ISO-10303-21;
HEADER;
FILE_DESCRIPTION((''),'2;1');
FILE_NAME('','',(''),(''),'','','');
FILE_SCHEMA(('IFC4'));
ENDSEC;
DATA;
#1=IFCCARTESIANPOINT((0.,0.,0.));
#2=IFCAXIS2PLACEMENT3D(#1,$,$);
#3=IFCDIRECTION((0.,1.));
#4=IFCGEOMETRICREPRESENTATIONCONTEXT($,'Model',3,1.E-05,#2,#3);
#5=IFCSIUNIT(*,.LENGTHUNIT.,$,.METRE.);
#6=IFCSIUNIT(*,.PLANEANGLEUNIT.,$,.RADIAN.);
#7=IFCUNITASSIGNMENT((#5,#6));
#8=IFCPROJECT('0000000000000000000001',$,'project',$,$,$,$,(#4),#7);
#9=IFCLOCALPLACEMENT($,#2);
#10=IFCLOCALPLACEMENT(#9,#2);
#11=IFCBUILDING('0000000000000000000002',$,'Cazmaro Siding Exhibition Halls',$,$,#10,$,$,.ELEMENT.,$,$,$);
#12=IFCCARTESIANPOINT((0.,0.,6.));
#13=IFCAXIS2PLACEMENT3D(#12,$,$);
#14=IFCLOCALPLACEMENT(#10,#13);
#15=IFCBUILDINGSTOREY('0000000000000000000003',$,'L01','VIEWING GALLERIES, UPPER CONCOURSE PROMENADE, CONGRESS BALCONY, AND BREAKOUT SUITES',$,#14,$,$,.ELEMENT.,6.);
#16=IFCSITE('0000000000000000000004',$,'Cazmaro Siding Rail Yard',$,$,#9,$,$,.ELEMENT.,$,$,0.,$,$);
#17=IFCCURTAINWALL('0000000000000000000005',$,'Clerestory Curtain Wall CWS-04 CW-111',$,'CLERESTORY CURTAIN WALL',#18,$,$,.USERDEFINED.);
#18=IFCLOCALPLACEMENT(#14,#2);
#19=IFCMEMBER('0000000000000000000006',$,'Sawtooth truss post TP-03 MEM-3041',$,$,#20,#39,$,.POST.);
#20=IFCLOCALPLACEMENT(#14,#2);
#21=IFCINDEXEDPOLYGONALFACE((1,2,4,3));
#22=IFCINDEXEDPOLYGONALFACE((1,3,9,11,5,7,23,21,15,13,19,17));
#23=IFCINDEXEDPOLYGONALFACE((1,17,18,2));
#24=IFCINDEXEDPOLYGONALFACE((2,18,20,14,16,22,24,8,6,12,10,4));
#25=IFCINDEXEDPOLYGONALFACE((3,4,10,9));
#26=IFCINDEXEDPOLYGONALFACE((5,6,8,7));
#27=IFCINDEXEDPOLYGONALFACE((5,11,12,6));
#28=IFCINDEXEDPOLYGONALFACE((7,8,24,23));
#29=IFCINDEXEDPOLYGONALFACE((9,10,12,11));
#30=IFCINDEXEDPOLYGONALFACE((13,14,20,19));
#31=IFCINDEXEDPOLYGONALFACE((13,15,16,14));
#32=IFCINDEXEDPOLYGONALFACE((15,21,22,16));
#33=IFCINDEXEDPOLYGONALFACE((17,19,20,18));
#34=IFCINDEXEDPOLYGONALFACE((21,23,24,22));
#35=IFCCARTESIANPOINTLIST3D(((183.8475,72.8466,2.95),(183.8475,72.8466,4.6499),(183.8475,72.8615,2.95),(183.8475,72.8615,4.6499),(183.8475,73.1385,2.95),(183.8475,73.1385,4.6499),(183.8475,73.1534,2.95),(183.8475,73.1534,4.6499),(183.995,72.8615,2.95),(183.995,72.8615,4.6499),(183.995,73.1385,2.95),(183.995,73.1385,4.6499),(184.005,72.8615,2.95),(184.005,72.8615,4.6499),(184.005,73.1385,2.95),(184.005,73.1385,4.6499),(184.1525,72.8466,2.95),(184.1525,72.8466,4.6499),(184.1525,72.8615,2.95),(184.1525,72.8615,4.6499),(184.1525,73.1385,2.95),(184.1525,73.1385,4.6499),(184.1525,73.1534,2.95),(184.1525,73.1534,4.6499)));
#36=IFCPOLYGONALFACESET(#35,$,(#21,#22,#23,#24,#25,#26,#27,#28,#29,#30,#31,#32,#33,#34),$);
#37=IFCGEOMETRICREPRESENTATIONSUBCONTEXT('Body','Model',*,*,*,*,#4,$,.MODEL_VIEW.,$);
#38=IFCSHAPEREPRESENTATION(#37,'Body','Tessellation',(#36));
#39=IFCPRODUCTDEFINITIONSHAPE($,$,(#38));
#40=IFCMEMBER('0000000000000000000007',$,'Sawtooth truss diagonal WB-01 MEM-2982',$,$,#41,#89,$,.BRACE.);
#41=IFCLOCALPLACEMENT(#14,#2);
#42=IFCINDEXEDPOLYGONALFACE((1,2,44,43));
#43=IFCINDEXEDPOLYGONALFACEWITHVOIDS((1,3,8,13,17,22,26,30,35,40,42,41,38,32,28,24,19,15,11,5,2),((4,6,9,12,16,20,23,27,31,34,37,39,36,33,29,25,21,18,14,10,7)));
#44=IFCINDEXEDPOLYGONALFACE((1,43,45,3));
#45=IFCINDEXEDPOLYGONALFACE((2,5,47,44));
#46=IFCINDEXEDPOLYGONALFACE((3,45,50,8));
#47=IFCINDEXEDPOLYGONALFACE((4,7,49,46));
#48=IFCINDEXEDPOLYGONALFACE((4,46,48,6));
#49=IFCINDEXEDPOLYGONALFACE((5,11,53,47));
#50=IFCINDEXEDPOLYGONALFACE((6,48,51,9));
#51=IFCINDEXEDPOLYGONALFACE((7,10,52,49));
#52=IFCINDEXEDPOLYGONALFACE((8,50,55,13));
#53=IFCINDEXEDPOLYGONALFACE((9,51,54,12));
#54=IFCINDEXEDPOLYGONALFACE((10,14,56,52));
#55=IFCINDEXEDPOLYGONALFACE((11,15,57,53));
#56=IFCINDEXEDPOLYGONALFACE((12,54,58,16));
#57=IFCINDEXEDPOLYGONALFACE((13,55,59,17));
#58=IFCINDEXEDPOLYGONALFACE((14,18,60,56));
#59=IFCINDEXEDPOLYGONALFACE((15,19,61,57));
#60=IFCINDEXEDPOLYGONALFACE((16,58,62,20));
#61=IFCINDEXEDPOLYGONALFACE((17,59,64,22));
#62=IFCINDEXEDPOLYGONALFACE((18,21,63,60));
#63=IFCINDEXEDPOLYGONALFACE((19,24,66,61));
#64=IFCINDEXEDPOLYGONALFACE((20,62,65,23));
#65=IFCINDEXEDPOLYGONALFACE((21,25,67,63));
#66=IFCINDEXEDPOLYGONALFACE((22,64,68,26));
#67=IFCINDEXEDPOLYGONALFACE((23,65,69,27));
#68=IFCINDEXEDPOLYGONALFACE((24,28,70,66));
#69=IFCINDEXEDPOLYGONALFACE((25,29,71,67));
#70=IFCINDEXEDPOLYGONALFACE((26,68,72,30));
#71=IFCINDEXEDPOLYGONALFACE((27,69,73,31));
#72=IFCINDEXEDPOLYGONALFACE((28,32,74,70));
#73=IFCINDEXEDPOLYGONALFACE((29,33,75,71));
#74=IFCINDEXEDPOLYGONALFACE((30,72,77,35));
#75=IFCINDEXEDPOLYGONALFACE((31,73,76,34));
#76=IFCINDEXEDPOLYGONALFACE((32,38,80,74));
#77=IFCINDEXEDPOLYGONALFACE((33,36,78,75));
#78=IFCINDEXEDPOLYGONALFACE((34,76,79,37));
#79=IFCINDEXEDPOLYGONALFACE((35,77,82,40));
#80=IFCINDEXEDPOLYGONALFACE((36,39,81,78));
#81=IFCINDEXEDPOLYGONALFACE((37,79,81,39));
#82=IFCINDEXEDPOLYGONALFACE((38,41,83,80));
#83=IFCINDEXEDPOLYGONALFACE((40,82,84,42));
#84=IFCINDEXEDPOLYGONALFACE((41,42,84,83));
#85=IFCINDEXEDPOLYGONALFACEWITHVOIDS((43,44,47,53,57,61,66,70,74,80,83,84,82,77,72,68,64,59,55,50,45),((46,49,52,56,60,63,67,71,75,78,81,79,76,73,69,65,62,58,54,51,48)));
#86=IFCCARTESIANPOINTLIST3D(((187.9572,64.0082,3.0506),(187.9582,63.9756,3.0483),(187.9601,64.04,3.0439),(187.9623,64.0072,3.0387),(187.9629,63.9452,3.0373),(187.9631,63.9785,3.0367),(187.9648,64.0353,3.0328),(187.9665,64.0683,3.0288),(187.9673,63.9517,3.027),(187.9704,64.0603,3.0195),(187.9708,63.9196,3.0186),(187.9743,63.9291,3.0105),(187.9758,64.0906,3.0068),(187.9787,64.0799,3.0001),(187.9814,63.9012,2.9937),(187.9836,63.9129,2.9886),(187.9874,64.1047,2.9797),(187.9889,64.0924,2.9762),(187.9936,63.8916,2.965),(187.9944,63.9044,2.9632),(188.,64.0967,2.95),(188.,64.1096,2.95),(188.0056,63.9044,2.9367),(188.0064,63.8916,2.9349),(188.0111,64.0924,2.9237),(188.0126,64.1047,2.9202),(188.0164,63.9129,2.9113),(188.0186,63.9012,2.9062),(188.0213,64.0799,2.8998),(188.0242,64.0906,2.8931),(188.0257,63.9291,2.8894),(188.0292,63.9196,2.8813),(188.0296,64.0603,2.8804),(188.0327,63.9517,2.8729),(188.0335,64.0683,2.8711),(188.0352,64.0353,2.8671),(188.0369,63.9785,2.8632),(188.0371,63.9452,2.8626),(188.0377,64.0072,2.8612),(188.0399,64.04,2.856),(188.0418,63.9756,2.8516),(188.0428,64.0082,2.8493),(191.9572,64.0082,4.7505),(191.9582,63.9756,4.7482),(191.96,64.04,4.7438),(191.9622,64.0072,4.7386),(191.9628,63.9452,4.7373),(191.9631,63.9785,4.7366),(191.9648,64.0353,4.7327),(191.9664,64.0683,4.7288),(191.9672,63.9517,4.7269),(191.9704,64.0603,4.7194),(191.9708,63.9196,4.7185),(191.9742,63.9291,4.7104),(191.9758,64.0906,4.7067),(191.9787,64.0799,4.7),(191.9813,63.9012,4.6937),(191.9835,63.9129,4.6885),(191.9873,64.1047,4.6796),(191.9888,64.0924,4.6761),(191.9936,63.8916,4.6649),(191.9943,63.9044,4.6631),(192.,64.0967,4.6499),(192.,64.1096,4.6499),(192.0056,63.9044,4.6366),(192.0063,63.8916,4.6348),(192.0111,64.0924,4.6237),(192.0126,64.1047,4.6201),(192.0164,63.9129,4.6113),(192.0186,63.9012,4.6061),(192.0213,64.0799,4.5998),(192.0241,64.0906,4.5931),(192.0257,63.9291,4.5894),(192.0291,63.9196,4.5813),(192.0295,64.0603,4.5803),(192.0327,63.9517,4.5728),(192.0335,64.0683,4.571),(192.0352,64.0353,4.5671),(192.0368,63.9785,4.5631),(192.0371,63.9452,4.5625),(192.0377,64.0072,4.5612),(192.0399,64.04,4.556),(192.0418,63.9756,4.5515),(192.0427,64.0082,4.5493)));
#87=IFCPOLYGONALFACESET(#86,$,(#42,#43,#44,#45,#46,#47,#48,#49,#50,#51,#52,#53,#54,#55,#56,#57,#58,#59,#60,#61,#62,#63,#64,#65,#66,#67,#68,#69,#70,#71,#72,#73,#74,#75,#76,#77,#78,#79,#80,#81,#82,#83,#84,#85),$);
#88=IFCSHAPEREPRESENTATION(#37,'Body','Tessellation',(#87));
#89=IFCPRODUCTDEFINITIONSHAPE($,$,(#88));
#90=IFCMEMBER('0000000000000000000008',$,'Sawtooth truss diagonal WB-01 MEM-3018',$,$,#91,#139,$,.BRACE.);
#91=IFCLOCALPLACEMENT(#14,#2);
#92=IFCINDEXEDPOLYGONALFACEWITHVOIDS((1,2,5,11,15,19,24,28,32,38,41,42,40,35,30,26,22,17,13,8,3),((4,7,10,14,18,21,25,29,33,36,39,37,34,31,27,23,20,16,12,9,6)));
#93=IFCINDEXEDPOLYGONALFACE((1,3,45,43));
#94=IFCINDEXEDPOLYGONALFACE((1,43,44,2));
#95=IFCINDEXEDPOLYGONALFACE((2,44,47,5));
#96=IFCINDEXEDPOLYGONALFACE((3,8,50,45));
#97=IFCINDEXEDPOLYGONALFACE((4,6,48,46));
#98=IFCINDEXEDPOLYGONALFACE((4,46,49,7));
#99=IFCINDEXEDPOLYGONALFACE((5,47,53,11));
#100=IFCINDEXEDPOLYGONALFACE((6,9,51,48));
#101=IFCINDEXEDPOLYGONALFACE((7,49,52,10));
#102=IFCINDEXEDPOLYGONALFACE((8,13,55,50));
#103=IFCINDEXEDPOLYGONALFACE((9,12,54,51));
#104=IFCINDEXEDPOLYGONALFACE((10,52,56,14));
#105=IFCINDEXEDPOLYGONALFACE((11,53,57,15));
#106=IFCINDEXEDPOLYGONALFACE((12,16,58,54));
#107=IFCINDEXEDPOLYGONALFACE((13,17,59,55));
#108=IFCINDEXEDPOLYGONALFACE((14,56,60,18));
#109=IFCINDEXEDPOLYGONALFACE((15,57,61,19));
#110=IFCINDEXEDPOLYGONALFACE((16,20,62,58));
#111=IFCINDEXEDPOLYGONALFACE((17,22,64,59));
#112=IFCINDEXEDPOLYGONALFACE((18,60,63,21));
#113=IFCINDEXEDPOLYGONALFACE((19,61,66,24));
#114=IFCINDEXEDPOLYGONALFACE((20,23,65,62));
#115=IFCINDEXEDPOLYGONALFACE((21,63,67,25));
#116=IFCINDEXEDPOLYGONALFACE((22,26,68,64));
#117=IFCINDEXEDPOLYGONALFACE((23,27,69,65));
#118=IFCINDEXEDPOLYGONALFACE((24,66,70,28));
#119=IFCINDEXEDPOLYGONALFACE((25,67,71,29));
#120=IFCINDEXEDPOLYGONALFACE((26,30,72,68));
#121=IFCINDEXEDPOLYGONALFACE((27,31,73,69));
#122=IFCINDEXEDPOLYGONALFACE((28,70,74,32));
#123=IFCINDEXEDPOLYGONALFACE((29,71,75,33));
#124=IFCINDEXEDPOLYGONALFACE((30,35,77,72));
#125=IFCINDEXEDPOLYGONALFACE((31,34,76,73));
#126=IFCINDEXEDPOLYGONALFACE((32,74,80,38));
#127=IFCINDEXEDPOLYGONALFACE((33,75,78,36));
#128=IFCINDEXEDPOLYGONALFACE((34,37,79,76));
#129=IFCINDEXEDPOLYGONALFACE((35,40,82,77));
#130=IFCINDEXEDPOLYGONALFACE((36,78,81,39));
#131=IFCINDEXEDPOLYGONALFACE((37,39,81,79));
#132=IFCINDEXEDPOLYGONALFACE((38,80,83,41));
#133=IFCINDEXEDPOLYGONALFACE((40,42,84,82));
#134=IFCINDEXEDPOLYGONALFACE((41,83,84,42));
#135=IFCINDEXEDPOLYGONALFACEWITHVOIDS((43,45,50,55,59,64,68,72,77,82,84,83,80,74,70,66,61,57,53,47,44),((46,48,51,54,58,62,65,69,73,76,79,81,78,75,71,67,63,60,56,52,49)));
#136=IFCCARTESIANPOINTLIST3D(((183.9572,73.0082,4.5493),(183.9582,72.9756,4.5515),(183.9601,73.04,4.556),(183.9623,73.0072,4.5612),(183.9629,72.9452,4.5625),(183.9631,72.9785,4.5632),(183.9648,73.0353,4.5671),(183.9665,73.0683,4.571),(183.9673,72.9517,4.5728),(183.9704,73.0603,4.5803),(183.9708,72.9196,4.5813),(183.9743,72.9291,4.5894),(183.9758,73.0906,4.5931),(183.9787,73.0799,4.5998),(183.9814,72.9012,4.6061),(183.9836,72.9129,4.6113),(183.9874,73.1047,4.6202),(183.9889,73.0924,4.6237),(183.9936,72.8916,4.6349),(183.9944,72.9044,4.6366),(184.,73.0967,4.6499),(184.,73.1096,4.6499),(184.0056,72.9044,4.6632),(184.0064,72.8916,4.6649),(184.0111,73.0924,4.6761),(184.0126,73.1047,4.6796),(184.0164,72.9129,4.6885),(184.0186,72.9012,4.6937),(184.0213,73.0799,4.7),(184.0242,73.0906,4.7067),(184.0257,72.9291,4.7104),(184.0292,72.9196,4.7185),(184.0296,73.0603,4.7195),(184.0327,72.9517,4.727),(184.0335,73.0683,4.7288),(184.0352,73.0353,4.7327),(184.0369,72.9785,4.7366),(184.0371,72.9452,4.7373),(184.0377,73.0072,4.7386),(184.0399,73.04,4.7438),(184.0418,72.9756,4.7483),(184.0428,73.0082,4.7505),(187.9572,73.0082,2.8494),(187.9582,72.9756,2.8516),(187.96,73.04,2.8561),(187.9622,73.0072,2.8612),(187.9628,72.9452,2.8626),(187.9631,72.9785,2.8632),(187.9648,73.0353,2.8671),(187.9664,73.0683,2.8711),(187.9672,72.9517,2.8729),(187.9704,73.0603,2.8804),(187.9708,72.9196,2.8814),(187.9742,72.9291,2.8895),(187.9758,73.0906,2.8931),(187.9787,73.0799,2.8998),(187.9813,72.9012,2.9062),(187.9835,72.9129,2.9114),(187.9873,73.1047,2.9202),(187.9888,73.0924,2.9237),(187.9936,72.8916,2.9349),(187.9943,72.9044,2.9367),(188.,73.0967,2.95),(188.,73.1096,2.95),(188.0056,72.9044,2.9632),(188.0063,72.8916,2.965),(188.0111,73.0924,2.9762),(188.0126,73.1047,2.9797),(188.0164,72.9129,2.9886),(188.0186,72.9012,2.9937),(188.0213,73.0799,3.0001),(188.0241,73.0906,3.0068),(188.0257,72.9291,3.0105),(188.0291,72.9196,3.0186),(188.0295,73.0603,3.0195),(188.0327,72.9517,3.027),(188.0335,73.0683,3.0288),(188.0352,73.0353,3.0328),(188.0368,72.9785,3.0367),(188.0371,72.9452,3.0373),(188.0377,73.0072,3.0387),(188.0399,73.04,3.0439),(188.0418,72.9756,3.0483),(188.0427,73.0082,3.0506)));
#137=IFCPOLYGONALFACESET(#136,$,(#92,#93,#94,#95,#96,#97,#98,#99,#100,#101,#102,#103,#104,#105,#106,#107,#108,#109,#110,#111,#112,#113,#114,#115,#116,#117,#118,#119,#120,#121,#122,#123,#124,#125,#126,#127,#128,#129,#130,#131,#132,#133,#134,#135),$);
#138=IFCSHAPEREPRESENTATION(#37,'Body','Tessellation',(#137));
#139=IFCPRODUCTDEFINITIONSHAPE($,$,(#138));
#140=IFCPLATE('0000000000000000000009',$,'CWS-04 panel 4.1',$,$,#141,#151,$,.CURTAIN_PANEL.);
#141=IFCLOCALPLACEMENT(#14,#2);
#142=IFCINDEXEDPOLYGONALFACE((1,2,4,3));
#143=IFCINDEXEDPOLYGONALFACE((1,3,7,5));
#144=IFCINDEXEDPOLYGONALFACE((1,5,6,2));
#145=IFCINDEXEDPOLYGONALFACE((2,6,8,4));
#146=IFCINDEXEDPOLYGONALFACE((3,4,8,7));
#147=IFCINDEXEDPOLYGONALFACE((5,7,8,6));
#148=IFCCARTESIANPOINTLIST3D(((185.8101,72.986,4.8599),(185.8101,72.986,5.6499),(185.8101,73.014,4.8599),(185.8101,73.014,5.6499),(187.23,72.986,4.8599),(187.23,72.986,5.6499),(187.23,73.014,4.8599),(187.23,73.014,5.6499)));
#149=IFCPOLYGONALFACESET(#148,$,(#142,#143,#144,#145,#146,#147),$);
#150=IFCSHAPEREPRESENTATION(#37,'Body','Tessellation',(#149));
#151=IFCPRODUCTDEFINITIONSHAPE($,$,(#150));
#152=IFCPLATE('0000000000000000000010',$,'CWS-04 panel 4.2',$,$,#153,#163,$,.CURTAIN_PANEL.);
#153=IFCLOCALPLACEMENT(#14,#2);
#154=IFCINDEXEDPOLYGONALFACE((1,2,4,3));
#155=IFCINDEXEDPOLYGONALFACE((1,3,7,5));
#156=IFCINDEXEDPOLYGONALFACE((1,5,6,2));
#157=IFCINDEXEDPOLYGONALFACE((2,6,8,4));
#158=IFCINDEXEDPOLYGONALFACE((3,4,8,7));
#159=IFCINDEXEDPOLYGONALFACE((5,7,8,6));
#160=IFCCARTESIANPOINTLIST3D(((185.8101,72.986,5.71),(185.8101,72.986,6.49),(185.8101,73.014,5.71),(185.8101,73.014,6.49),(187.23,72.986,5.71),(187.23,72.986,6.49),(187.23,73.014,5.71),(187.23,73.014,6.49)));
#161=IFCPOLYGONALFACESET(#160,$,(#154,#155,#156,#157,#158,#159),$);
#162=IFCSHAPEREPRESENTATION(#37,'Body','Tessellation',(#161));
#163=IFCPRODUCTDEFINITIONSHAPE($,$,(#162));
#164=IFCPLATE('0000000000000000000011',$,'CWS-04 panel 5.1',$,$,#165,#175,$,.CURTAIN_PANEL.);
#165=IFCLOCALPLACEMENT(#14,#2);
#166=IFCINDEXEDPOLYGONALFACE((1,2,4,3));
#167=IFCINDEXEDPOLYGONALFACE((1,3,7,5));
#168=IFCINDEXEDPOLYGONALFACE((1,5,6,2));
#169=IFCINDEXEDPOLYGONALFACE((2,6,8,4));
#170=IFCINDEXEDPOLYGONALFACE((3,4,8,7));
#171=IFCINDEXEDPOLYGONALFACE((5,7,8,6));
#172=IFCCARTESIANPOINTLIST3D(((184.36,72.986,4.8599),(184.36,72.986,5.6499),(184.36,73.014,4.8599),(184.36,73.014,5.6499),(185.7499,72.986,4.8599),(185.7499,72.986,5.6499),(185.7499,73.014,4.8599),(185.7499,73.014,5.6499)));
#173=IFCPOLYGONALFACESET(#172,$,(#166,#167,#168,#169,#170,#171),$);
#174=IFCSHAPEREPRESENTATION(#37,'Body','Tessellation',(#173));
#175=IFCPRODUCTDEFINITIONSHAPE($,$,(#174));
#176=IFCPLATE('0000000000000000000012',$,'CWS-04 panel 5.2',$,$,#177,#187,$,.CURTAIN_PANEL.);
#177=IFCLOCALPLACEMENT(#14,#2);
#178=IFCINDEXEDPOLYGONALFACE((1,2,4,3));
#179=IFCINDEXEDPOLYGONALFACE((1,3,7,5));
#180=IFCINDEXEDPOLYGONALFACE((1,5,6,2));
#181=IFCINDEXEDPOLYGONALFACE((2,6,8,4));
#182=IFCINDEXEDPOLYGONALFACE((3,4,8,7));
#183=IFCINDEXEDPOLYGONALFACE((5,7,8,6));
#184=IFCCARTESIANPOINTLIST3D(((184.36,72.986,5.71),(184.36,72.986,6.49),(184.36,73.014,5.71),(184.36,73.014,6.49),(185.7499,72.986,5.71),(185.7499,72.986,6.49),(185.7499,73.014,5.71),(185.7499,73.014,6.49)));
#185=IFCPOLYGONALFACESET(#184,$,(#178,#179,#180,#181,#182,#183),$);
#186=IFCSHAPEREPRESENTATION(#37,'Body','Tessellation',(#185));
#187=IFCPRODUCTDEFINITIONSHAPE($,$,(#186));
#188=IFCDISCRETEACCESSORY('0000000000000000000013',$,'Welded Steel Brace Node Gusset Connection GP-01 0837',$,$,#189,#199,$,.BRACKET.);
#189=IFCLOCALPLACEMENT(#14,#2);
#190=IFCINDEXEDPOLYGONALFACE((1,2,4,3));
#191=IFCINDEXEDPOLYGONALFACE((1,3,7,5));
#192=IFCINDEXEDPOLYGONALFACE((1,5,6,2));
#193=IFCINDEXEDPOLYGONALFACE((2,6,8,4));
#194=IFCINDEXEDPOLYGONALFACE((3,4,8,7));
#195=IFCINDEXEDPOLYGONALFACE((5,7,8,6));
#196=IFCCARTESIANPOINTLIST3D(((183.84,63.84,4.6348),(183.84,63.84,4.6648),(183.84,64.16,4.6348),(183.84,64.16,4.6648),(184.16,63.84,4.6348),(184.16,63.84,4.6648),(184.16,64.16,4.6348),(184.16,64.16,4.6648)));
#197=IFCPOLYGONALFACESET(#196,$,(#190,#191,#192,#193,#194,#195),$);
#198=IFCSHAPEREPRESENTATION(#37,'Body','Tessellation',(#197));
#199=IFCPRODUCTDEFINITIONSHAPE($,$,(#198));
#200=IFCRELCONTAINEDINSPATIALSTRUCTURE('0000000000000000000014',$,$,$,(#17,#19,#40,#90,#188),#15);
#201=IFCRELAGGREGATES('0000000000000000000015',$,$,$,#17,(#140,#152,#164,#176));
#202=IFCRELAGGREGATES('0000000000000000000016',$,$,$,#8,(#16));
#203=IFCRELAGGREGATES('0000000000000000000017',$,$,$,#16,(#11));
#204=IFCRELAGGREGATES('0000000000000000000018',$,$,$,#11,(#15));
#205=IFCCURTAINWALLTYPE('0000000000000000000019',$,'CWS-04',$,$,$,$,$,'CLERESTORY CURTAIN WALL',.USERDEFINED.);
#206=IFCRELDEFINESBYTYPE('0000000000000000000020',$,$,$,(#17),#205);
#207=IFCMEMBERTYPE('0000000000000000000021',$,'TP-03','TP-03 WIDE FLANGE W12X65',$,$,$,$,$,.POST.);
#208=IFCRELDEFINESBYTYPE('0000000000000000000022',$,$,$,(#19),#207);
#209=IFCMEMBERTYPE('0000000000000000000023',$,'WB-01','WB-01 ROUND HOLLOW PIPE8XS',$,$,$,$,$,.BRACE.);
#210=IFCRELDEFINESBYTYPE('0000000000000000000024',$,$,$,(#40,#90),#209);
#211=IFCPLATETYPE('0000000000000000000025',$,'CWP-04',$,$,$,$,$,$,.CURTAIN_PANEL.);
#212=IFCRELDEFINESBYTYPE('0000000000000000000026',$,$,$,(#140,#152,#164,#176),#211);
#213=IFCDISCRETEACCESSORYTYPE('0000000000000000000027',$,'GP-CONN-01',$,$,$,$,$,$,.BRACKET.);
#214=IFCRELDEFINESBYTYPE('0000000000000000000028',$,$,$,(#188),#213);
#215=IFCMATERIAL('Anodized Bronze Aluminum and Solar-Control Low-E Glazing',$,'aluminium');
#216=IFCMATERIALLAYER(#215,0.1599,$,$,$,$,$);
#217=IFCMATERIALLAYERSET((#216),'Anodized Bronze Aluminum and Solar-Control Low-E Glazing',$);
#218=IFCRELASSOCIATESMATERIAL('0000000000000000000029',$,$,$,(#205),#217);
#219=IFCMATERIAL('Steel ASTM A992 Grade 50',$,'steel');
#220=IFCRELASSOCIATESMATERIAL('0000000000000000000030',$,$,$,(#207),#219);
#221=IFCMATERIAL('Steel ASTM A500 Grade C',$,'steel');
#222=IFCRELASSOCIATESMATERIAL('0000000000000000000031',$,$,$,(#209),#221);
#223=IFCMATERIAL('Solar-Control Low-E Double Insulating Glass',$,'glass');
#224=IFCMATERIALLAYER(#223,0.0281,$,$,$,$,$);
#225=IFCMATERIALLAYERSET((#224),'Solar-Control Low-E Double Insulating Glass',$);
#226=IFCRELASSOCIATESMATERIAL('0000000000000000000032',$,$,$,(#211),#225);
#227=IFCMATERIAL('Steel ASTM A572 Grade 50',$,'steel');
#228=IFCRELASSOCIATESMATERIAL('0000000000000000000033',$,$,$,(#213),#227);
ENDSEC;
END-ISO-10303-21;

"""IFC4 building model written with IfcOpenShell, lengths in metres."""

from ifc_helpers import new_model, si_unit, direction, frame, origin, origin_2d, place, context, subcontext, project, spatial, rectangle, hollow_circle, i_section, extrude, material, layer, layer_set, material_profile, profile_set, type_object, element, aggregate, save


model = new_model("IFC4")

# Units and contexts
model_context = context("Model", 3, precision=1e-05, world=origin(), true_north=direction((0.0, 1.0)))
body_context = subcontext(model_context, "Body", "Model", "MODEL_VIEW")
ifc_project = project(units=[si_unit("LENGTHUNIT", "METRE"), si_unit("PLANEANGLEUNIT", "RADIAN")], contexts=[model_context])

# Site, building, storey
site_placement = place(None, origin())
site = spatial("IfcSite", under=ifc_project, at=site_placement, Name="Cazmaro Siding Rail Yard", CompositionType="ELEMENT", RefElevation=0.0)
building_placement = place(site_placement, origin())
building = spatial("IfcBuilding", under=site, at=building_placement, Name="Cazmaro Siding Exhibition Halls", CompositionType="ELEMENT")
storey_placement = place(building_placement, frame((0.0, 0.0, 6.0)))
storey = spatial("IfcBuildingStorey", under=building, at=storey_placement, Name="L01", Description="VIEWING GALLERIES, UPPER CONCOURSE PROMENADE, CONGRESS BALCONY, AND BREAKOUT SUITES", CompositionType="ELEMENT", Elevation=6.0)

# Shared definitions
ifc_material_1 = material(Name="Anodized Bronze Aluminum and Solar-Control Low-E Glazing", Category="aluminium")
ifc_layer_1 = layer(ifc_material_1, 0.1599)
ifc_layer_set_1 = layer_set([ifc_layer_1], Name="Anodized Bronze Aluminum and Solar-Control Low-E Glazing")
curtain_wall_type = type_object("IfcCurtainWallType", Name="CWS-04", ElementType="CLERESTORY CURTAIN WALL", PredefinedType="USERDEFINED", material=ifc_layer_set_1)

# Curtain wall
curtain_wall_1_placement = place(storey_placement, origin())
curtain_wall_1 = element("IfcCurtainWall", 1, at=curtain_wall_1_placement, inside=storey, type_object=curtain_wall_type, Name="Clerestory Curtain Wall CWS-04 CW-111", ObjectType="CLERESTORY CURTAIN WALL", PredefinedType="USERDEFINED")

# Members
ifc_material_2 = material(Name="Steel ASTM A992 Grade 50", Category="steel")
ifc_material_profile_1 = material_profile(ifc_material_2, i_section(OverallWidth=0.3049, OverallDepth=0.3069, WebThickness=0.01, FlangeThickness=0.0149, at=origin_2d()), Name="W12X65")
ifc_profile_set_1 = profile_set([ifc_material_profile_1], Name="Steel ASTM A992 Grade 50")
member_type_1 = type_object("IfcMemberType", Name="TP-03", Description="TP-03 WIDE FLANGE W12X65", PredefinedType="POST", material=ifc_profile_set_1)
for number, where, z_axis, x_axis, name in (
    (2, (184.0, 73.0, 2.95), (0.0, 0.0, 1.0), (1.0, 0.0, 0.0), "Sawtooth truss post TP-03 MEM-3041"),
):
    element("IfcMember", number, at=place(storey_placement, frame(where, z_axis=z_axis, x_axis=x_axis)), inside=storey, type_object=member_type_1, Name=name, PredefinedType="POST", context=body_context, shape_type="SweptSolid", body=[
        extrude(i_section(OverallWidth=0.3049, OverallDepth=0.3069, WebThickness=0.01, FlangeThickness=0.0149, at=origin_2d()), origin(), (0.0, 0.0, 1.0), 1.7),
    ])
ifc_material_3 = material(Name="Steel ASTM A500 Grade C", Category="steel")
ifc_material_profile_2 = material_profile(ifc_material_3, hollow_circle(Radius=0.1096, WallThickness=0.0129, at=origin_2d()), Name="PIPE8XS")
ifc_profile_set_2 = profile_set([ifc_material_profile_2], Name="Steel ASTM A500 Grade C")
member_type_2 = type_object("IfcMemberType", Name="WB-01", Description="WB-01 ROUND HOLLOW PIPE8XS", PredefinedType="BRACE", material=ifc_profile_set_2)
for number, where, z_axis, x_axis, name in (
    (3, (188.0, 64.0, 2.95), (0.920335, 0.0, 0.391131), (0.0, 1.0, 0.0), "Sawtooth truss diagonal WB-01 MEM-2982"),
    (4, (184.0, 73.0, 4.6499), (0.920335, 0.0, -0.391131), (0.0, 1.0, 0.0), "Sawtooth truss diagonal WB-01 MEM-3018"),
):
    element("IfcMember", number, at=place(storey_placement, frame(where, z_axis=z_axis, x_axis=x_axis)), inside=storey, type_object=member_type_2, Name=name, PredefinedType="BRACE", context=body_context, shape_type="SweptSolid", body=[
        extrude(hollow_circle(Radius=0.1096, WallThickness=0.0129, at=origin_2d()), origin(), (0.0, 0.0, 1.0), 4.3462),
    ])

# Plates
ifc_material_4 = material(Name="Solar-Control Low-E Double Insulating Glass", Category="glass")
ifc_layer_2 = layer(ifc_material_4, 0.0281)
ifc_layer_set_2 = layer_set([ifc_layer_2], Name="Solar-Control Low-E Double Insulating Glass")
plate_type = type_object("IfcPlateType", Name="CWP-04", PredefinedType="CURTAIN_PANEL", material=ifc_layer_set_2)
plate_1_placement = place(storey_placement, frame((186.52, 73.0, 4.8599), z_axis=(0.0, 0.0, 1.0), x_axis=(-1.0, 0.0, 0.0)))
plate_1 = element("IfcPlate", 5, at=plate_1_placement, type_object=plate_type, Name="CWS-04 panel 4.1", PredefinedType="CURTAIN_PANEL", context=body_context, shape_type="SweptSolid", body=[
    extrude(rectangle(XDim=1.4199, YDim=0.0281, at=origin_2d()), origin(), (0.0, 0.0, 1.0), 0.79),
])
plate_2_placement = place(storey_placement, frame((186.52, 73.0, 5.71), z_axis=(0.0, 0.0, 1.0), x_axis=(-1.0, 0.0, 0.0)))
plate_2 = element("IfcPlate", 6, at=plate_2_placement, type_object=plate_type, Name="CWS-04 panel 4.2", PredefinedType="CURTAIN_PANEL", context=body_context, shape_type="SweptSolid", body=[
    extrude(rectangle(XDim=1.4199, YDim=0.0281, at=origin_2d()), origin(), (0.0, 0.0, 1.0), 0.78),
])
plate_3_placement = place(storey_placement, frame((185.0549, 73.0, 4.8599), z_axis=(0.0, 0.0, 1.0), x_axis=(-1.0, 0.0, 0.0)))
plate_3 = element("IfcPlate", 7, at=plate_3_placement, type_object=plate_type, Name="CWS-04 panel 5.1", PredefinedType="CURTAIN_PANEL", context=body_context, shape_type="SweptSolid", body=[
    extrude(rectangle(XDim=1.3899, YDim=0.0281, at=origin_2d()), origin(), (0.0, 0.0, 1.0), 0.79),
])
plate_4_placement = place(storey_placement, frame((185.0549, 73.0, 5.71), z_axis=(0.0, 0.0, 1.0), x_axis=(-1.0, 0.0, 0.0)))
plate_4 = element("IfcPlate", 8, at=plate_4_placement, type_object=plate_type, Name="CWS-04 panel 5.2", PredefinedType="CURTAIN_PANEL", context=body_context, shape_type="SweptSolid", body=[
    extrude(rectangle(XDim=1.3899, YDim=0.0281, at=origin_2d()), origin(), (0.0, 0.0, 1.0), 0.78),
])
aggregate(curtain_wall_1, [plate_1, plate_2, plate_3, plate_4])

# Discrete accessory
ifc_material_5 = material(Name="Steel ASTM A572 Grade 50", Category="steel")
discrete_accessory_type = type_object("IfcDiscreteAccessoryType", Name="GP-CONN-01", PredefinedType="BRACKET", material=ifc_material_5)
for number, where, z_axis, x_axis, name in (
    (9, (184.0, 64.0, 4.6348), (0.0, 0.0, 1.0), (1.0, 0.0, 0.0), "Welded Steel Brace Node Gusset Connection GP-01 0837"),
):
    element("IfcDiscreteAccessory", number, at=place(storey_placement, frame(where, z_axis=z_axis, x_axis=x_axis)), inside=storey, type_object=discrete_accessory_type, Name=name, PredefinedType="BRACKET", context=body_context, shape_type="SweptSolid", body=[
        extrude(rectangle(XDim=0.3201, YDim=0.3201, at=origin_2d()), origin(), (0.0, 0.0, 1.0), 0.03),
    ])

save(model, "model.ifc")
